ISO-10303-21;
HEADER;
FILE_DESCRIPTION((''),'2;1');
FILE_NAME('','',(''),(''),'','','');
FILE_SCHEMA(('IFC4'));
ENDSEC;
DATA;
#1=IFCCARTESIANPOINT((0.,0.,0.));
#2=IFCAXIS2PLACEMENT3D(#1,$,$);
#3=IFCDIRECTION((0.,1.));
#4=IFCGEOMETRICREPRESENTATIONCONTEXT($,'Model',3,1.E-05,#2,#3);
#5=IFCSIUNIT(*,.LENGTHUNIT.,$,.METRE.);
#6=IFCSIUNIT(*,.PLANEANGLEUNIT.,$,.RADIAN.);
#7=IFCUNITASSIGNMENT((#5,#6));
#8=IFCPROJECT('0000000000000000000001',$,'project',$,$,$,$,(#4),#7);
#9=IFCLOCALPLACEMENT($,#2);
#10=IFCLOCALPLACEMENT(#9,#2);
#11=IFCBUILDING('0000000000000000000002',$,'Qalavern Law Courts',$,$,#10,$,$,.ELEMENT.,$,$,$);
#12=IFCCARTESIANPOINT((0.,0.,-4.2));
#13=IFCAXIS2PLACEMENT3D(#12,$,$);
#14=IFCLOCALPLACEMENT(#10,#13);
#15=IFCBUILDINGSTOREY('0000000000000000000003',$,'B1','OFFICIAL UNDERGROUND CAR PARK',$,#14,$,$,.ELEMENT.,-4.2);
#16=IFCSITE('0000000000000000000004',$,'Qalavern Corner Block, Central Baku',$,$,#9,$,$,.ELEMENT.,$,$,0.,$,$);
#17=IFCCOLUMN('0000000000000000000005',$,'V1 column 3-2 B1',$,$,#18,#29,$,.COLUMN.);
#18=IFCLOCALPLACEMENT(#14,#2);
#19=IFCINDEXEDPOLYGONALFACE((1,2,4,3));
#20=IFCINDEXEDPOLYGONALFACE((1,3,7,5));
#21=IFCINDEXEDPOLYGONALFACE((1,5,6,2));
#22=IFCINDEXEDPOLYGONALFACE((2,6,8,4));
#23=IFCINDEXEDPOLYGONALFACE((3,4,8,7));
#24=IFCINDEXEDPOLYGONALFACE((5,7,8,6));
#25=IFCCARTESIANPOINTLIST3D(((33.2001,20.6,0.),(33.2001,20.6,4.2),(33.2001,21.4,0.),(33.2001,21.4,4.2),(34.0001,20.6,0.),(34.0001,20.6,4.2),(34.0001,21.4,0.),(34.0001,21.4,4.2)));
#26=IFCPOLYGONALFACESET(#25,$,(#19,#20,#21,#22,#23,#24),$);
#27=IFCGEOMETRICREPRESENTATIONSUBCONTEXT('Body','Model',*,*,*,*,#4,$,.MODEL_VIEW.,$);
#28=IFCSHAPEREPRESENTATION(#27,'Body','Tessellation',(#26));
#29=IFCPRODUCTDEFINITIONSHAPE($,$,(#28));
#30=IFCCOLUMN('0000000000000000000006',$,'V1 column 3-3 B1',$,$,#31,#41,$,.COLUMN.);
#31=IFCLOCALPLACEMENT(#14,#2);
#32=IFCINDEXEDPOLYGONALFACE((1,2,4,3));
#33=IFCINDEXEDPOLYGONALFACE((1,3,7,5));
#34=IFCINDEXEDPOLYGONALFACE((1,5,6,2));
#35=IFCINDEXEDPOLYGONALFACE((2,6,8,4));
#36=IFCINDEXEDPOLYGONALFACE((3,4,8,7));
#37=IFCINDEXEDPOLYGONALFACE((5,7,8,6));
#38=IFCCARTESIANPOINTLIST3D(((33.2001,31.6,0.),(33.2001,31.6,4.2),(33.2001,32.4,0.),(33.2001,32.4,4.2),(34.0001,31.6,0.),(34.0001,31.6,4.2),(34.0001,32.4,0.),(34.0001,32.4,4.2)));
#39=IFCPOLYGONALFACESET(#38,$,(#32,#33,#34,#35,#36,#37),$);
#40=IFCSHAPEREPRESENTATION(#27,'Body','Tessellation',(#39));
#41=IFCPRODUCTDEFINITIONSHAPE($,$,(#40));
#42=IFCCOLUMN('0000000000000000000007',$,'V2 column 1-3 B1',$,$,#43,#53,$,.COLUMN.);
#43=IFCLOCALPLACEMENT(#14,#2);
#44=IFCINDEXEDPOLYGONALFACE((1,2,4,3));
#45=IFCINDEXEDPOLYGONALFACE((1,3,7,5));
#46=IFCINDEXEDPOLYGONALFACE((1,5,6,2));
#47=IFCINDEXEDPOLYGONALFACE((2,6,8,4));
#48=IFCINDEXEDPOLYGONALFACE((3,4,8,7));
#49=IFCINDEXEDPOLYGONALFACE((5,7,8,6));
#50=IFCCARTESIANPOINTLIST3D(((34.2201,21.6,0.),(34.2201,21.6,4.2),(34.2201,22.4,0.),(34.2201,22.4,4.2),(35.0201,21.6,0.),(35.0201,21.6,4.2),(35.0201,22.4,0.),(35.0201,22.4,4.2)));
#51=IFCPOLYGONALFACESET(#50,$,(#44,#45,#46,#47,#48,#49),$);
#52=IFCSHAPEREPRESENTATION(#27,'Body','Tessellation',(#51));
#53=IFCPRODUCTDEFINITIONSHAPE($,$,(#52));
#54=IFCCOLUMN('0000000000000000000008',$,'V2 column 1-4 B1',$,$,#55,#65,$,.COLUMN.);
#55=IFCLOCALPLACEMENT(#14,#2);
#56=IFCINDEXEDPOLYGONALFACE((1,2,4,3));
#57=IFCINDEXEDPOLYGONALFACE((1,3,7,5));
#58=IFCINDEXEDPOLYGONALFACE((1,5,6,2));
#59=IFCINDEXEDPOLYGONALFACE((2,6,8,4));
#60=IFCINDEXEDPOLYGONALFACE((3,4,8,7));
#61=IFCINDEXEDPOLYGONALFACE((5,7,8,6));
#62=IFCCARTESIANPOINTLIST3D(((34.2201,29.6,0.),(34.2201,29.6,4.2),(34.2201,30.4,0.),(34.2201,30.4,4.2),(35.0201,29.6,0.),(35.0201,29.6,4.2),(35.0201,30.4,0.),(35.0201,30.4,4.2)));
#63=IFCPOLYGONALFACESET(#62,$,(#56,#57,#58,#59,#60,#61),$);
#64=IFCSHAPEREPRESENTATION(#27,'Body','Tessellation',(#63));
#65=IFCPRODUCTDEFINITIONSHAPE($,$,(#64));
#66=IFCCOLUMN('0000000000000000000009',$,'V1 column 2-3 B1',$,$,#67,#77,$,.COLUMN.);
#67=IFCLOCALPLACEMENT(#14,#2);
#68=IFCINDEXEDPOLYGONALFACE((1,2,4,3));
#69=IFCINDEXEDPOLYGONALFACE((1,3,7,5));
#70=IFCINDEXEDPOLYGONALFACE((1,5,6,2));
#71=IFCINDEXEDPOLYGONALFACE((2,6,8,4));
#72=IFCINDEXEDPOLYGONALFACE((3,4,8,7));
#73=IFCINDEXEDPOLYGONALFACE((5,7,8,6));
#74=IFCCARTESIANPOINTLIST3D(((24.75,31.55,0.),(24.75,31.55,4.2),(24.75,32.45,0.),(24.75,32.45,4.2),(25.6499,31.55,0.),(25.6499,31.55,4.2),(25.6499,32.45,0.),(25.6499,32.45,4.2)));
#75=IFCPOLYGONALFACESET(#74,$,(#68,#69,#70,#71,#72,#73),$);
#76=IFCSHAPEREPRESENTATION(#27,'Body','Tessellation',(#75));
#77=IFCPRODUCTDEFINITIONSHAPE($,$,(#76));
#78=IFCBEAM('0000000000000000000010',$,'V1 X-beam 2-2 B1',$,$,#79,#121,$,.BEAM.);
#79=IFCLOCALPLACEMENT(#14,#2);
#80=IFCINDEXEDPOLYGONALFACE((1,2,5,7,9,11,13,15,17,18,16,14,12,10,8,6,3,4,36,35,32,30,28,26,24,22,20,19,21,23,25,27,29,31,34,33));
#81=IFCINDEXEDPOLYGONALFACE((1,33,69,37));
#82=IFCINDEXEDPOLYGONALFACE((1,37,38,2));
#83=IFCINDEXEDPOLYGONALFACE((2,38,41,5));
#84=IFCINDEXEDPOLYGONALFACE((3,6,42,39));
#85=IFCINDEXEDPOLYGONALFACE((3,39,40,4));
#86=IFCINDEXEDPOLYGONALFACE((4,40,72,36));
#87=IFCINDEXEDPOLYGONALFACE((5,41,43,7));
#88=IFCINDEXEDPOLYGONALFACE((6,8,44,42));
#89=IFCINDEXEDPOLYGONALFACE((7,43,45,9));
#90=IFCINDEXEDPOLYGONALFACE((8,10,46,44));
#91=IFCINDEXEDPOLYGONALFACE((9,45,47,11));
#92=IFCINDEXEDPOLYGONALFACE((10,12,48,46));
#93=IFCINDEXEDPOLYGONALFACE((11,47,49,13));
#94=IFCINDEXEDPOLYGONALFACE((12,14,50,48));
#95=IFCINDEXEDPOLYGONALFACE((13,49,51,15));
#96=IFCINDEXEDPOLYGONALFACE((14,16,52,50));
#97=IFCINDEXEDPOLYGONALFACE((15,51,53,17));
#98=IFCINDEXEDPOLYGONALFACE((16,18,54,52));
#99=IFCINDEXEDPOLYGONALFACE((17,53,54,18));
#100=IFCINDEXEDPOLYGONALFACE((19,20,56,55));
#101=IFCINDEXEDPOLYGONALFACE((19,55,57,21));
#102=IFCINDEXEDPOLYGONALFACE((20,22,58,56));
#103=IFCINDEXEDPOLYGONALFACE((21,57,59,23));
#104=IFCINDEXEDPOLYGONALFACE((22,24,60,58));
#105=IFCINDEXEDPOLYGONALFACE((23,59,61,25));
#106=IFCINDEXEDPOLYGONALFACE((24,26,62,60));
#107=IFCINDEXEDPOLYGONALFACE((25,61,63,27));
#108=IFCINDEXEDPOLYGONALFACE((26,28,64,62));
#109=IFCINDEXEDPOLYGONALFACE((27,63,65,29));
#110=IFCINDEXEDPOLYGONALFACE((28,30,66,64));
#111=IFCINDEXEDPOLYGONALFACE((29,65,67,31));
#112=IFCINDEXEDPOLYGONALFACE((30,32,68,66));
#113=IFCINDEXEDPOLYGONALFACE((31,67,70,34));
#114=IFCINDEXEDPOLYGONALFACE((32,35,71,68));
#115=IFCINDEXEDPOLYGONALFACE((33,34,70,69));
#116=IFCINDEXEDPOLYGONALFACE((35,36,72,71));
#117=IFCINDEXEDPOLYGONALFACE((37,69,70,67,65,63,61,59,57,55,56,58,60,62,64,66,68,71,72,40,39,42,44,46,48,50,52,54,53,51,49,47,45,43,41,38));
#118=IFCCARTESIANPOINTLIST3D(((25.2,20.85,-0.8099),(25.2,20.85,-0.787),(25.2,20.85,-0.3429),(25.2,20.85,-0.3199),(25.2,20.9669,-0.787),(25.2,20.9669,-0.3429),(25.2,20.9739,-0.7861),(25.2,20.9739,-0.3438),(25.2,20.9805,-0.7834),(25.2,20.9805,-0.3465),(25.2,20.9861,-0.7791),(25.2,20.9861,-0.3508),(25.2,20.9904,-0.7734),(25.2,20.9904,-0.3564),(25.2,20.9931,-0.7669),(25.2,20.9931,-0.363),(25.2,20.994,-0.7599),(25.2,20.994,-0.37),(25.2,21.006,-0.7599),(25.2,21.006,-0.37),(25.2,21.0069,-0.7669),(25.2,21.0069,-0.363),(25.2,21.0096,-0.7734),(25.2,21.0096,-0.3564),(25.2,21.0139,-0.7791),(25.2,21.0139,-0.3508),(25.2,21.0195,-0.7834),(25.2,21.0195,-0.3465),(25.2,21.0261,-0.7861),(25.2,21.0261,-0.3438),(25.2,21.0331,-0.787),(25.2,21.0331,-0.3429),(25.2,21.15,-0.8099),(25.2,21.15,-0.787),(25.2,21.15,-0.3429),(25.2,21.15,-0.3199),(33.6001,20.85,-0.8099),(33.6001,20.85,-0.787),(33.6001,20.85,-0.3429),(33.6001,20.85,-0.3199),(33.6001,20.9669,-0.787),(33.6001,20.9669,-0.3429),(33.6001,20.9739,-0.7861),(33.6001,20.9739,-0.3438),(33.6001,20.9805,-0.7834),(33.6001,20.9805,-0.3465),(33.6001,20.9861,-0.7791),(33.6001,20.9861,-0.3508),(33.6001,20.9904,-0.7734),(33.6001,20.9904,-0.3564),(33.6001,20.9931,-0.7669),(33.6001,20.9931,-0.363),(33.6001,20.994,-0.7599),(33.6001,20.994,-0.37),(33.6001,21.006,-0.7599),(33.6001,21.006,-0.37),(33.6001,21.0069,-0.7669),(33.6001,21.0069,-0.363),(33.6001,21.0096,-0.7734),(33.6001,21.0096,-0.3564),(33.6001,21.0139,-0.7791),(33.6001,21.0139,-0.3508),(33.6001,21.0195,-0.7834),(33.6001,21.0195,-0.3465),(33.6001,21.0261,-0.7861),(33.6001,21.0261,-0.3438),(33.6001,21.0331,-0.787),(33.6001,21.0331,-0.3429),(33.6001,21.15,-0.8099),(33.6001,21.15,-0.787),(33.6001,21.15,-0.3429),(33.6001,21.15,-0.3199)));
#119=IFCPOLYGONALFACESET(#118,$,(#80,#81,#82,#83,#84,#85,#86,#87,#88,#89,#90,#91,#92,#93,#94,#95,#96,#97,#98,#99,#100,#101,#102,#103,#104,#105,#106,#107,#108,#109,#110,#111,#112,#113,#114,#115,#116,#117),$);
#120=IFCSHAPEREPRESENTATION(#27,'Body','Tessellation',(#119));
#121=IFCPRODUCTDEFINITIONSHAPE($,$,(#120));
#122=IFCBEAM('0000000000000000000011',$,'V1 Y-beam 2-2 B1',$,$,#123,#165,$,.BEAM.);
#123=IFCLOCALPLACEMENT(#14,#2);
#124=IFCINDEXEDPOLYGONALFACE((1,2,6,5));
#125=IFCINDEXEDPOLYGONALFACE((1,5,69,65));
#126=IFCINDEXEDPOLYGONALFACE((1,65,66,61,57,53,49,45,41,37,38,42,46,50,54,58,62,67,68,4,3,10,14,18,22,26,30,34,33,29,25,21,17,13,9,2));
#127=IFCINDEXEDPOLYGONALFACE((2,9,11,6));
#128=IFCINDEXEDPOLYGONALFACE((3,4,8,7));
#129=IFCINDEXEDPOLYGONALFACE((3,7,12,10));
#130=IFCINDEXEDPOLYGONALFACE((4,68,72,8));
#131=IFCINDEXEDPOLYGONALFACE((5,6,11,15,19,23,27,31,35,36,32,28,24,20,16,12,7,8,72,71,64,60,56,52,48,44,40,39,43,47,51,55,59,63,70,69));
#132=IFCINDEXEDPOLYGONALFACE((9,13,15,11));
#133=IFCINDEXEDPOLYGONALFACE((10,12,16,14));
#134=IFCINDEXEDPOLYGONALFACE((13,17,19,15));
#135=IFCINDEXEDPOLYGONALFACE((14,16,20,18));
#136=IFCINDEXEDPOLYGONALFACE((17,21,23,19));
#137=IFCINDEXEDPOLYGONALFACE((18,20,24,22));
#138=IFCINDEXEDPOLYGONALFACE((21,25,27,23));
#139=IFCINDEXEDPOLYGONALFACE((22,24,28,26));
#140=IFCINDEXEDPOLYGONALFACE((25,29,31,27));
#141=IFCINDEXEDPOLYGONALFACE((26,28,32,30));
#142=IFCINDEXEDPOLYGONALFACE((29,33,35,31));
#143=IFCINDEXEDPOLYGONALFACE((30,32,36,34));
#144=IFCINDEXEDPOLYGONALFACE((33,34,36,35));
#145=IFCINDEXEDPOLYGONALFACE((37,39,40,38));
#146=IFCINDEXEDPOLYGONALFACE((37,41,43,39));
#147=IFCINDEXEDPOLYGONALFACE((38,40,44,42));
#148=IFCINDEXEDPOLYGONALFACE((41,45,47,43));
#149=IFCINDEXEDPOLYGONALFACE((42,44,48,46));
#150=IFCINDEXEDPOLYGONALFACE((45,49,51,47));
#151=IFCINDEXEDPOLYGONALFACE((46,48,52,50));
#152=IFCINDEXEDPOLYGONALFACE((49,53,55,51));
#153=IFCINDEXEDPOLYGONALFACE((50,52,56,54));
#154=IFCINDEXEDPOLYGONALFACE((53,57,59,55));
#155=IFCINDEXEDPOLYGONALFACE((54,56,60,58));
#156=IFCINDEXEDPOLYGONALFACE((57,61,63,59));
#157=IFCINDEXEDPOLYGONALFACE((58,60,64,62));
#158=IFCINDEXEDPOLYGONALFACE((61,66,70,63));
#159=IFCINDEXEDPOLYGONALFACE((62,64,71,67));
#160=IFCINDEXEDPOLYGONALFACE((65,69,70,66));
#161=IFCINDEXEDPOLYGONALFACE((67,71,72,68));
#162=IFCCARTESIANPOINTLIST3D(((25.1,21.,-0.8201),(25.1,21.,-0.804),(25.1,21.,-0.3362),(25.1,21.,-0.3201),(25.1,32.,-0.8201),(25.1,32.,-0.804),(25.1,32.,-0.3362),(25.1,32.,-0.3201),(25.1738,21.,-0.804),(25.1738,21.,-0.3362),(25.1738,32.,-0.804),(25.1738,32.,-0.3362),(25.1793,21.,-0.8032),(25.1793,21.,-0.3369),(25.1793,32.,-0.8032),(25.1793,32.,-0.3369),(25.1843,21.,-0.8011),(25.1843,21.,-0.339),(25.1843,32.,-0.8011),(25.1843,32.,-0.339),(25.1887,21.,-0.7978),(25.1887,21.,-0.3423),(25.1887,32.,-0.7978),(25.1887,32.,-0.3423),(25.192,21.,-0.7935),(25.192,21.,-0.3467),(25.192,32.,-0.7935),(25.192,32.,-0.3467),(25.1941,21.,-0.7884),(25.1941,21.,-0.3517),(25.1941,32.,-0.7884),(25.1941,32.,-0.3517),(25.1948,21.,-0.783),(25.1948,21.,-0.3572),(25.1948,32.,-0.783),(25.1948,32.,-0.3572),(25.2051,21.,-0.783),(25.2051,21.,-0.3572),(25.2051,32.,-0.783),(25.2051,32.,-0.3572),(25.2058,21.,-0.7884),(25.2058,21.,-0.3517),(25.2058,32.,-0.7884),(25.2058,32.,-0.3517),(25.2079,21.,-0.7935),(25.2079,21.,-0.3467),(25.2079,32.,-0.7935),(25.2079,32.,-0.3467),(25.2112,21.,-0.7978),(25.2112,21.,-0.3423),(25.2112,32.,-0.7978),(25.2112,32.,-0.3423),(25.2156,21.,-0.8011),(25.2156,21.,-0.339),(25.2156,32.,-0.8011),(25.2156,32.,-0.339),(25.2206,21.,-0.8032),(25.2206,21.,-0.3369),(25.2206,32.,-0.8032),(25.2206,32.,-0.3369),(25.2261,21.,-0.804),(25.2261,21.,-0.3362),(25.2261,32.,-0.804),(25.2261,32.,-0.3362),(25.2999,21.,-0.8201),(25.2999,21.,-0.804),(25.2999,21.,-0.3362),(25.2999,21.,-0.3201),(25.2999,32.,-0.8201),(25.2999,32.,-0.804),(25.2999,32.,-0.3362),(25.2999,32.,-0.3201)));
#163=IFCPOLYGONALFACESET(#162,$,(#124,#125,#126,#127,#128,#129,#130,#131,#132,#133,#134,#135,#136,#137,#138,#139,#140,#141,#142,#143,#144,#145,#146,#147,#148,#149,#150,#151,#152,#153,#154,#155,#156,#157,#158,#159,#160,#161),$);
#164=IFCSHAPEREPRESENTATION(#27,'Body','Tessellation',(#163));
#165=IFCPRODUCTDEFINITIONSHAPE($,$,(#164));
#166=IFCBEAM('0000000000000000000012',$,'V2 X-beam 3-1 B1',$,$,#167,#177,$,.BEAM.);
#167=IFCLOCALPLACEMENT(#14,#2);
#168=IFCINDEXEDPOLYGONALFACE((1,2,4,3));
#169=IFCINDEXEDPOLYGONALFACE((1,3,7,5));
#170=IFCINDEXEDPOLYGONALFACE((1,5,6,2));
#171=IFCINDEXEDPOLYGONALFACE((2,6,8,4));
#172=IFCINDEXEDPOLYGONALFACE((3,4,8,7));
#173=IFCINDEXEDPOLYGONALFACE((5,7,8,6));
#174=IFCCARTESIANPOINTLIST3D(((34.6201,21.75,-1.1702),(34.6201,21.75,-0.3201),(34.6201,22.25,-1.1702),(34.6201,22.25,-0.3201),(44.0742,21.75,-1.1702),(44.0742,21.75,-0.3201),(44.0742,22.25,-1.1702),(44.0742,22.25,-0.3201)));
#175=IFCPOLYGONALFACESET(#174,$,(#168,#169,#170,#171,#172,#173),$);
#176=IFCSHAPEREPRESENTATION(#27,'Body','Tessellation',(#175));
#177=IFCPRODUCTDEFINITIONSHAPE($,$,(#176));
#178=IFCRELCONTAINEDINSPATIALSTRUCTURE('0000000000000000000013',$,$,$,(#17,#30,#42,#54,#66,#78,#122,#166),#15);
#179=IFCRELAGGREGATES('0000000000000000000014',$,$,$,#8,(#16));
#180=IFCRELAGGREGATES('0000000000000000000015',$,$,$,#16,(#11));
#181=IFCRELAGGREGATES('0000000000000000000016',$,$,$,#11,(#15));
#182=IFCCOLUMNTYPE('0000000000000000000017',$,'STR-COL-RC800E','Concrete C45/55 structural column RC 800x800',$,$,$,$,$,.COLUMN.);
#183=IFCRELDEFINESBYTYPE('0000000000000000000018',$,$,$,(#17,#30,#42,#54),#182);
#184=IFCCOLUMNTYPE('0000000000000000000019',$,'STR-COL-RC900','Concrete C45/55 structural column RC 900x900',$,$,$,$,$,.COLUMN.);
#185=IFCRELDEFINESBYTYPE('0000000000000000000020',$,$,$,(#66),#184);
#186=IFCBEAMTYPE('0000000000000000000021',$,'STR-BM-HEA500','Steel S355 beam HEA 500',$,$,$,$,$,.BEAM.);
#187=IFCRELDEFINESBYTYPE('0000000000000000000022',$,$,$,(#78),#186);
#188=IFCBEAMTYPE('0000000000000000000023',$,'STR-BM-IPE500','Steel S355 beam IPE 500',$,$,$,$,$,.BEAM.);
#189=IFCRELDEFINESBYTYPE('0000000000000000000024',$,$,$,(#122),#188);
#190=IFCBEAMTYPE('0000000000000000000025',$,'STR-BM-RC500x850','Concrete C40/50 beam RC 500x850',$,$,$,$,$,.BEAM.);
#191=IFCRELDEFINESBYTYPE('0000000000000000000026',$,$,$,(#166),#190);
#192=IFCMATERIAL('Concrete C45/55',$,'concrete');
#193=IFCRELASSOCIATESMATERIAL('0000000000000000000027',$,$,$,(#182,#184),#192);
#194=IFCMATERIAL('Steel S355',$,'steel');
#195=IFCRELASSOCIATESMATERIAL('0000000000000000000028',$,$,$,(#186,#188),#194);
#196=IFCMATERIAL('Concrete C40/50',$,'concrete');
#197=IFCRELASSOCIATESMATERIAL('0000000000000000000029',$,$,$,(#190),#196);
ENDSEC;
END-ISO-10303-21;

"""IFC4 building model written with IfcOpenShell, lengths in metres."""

from ifc_helpers import new_model, si_unit, direction, frame, origin, origin_2d, place, context, subcontext, project, spatial, rectangle, i_section, extrude, material, material_profile, profile_set, type_object, element, save


model = new_model("IFC4")

# Units and contexts
model_context = context("Model", 3, precision=1e-05, world=origin(), true_north=direction((0.0, 1.0)))
body_context = subcontext(model_context, "Body", "Model", "MODEL_VIEW")
ifc_project = project(units=[si_unit("LENGTHUNIT", "METRE"), si_unit("PLANEANGLEUNIT", "RADIAN")], contexts=[model_context])

# Site, building, storey
site_placement = place(None, origin())
site = spatial("IfcSite", under=ifc_project, at=site_placement, Name="Qalavern Corner Block, Central Baku", CompositionType="ELEMENT", RefElevation=0.0)
building_placement = place(site_placement, origin())
building = spatial("IfcBuilding", under=site, at=building_placement, Name="Qalavern Law Courts", CompositionType="ELEMENT")
storey_placement = place(building_placement, frame((0.0, 0.0, -4.2)))
storey = spatial("IfcBuildingStorey", under=building, at=storey_placement, Name="B1", Description="OFFICIAL UNDERGROUND CAR PARK", CompositionType="ELEMENT", Elevation=-4.2)

# Columns
ifc_material_1 = material(Name="Concrete C45/55", Category="concrete")
ifc_material_profile_1 = material_profile(ifc_material_1, rectangle(XDim=0.8, YDim=0.8, at=origin_2d()), Name="RC 800x800")
ifc_profile_set_1 = profile_set([ifc_material_profile_1], Name="Concrete C45/55")
column_type_1 = type_object("IfcColumnType", Name="STR-COL-RC800E", Description="Concrete C45/55 structural column RC 800x800", PredefinedType="COLUMN", material=ifc_profile_set_1)
for number, where, z_axis, x_axis, name in (
    (1, (33.6001, 21.0, 0.0), (0.0, 0.0, 1.0), (1.0, 0.0, 0.0), "V1 column 3-2 B1"),
    (2, (33.6001, 32.0, 0.0), (0.0, 0.0, 1.0), (1.0, 0.0, 0.0), "V1 column 3-3 B1"),
    (3, (34.6201, 22.0, 0.0), (0.0, 0.0, 1.0), (1.0, 0.0, 0.0), "V2 column 1-3 B1"),
    (4, (34.6201, 30.0, 0.0), (0.0, 0.0, 1.0), (1.0, 0.0, 0.0), "V2 column 1-4 B1"),
):
    element("IfcColumn", number, at=place(storey_placement, frame(where, z_axis=z_axis, x_axis=x_axis)), inside=storey, type_object=column_type_1, Name=name, PredefinedType="COLUMN", context=body_context, shape_type="SweptSolid", body=[
        extrude(rectangle(XDim=0.8, YDim=0.8, at=origin_2d()), origin(), (0.0, 0.0, 1.0), 4.2),
    ])
ifc_material_profile_2 = material_profile(ifc_material_1, rectangle(XDim=0.8999, YDim=0.8999, at=origin_2d()), Name="RC 900x900")
ifc_profile_set_2 = profile_set([ifc_material_profile_2], Name="Concrete C45/55")
column_type_2 = type_object("IfcColumnType", Name="STR-COL-RC900", Description="Concrete C45/55 structural column RC 900x900", PredefinedType="COLUMN", material=ifc_profile_set_2)
column_placement = place(storey_placement, frame((25.2, 32.0, 0.0), z_axis=(0.0, 0.0, 1.0), x_axis=(1.0, 0.0, 0.0)))
element("IfcColumn", 5, at=column_placement, inside=storey, type_object=column_type_2, Name="V1 column 2-3 B1", PredefinedType="COLUMN", context=body_context, shape_type="SweptSolid", body=[
    extrude(rectangle(XDim=0.8999, YDim=0.8999, at=origin_2d()), origin(), (0.0, 0.0, 1.0), 4.2),
])

# Beams
ifc_material_2 = material(Name="Steel S355", Category="steel")
ifc_material_profile_3 = material_profile(ifc_material_2, i_section(OverallWidth=0.3, OverallDepth=0.49, WebThickness=0.012, FlangeThickness=0.0229, FilletRadius=0.0271, at=origin_2d()), Name="HEA 500")
ifc_profile_set_3 = profile_set([ifc_material_profile_3], Name="Steel S355")
beam_type_1 = type_object("IfcBeamType", Name="STR-BM-HEA500", Description="Steel S355 beam HEA 500", PredefinedType="BEAM", material=ifc_profile_set_3)
beam_1_placement = place(storey_placement, frame((25.2, 21.0, -0.5649), z_axis=(1.0, 0.0, 0.0), x_axis=(0.0, 1.0, 0.0)))
element("IfcBeam", 6, at=beam_1_placement, inside=storey, type_object=beam_type_1, Name="V1 X-beam 2-2 B1", PredefinedType="BEAM", context=body_context, shape_type="SweptSolid", body=[
    extrude(i_section(OverallWidth=0.3, OverallDepth=0.49, WebThickness=0.012, FlangeThickness=0.0229, FilletRadius=0.0271, at=origin_2d()), origin(), (0.0, 0.0, 1.0), 8.4001),
])
ifc_material_profile_4 = material_profile(ifc_material_2, i_section(OverallWidth=0.2, OverallDepth=0.5, WebThickness=0.0103, FlangeThickness=0.0161, FilletRadius=0.021, at=origin_2d()), Name="IPE 500")
ifc_profile_set_4 = profile_set([ifc_material_profile_4], Name="Steel S355")
beam_type_2 = type_object("IfcBeamType", Name="STR-BM-IPE500", Description="Steel S355 beam IPE 500", PredefinedType="BEAM", material=ifc_profile_set_4)
beam_2_placement = place(storey_placement, frame((25.2, 21.0, -0.5701), z_axis=(0.0, 1.0, 0.0), x_axis=(-1.0, 0.0, 0.0)))
element("IfcBeam", 7, at=beam_2_placement, inside=storey, type_object=beam_type_2, Name="V1 Y-beam 2-2 B1", PredefinedType="BEAM", context=body_context, shape_type="SweptSolid", body=[
    extrude(i_section(OverallWidth=0.2, OverallDepth=0.5, WebThickness=0.0103, FlangeThickness=0.0161, FilletRadius=0.021, at=origin_2d()), origin(), (0.0, 0.0, 1.0), 11.0),
])
ifc_material_3 = material(Name="Concrete C40/50", Category="concrete")
ifc_material_profile_5 = material_profile(ifc_material_3, rectangle(XDim=0.5, YDim=0.8501, at=origin_2d()), Name="RC 500x850")
ifc_profile_set_5 = profile_set([ifc_material_profile_5], Name="Concrete C40/50")
beam_type_3 = type_object("IfcBeamType", Name="STR-BM-RC500x850", Description="Concrete C40/50 beam RC 500x850", PredefinedType="BEAM", material=ifc_profile_set_5)
beam_3_placement = place(storey_placement, frame((34.6201, 22.0, -0.7451), z_axis=(1.0, 0.0, 0.0), x_axis=(0.0, 1.0, 0.0)))
element("IfcBeam", 8, at=beam_3_placement, inside=storey, type_object=beam_type_3, Name="V2 X-beam 3-1 B1", PredefinedType="BEAM", context=body_context, shape_type="SweptSolid", body=[
    extrude(rectangle(XDim=0.5, YDim=0.8501, at=origin_2d()), origin(), (0.0, 0.0, 1.0), 9.4541),
])

save(model, "model.ifc")
